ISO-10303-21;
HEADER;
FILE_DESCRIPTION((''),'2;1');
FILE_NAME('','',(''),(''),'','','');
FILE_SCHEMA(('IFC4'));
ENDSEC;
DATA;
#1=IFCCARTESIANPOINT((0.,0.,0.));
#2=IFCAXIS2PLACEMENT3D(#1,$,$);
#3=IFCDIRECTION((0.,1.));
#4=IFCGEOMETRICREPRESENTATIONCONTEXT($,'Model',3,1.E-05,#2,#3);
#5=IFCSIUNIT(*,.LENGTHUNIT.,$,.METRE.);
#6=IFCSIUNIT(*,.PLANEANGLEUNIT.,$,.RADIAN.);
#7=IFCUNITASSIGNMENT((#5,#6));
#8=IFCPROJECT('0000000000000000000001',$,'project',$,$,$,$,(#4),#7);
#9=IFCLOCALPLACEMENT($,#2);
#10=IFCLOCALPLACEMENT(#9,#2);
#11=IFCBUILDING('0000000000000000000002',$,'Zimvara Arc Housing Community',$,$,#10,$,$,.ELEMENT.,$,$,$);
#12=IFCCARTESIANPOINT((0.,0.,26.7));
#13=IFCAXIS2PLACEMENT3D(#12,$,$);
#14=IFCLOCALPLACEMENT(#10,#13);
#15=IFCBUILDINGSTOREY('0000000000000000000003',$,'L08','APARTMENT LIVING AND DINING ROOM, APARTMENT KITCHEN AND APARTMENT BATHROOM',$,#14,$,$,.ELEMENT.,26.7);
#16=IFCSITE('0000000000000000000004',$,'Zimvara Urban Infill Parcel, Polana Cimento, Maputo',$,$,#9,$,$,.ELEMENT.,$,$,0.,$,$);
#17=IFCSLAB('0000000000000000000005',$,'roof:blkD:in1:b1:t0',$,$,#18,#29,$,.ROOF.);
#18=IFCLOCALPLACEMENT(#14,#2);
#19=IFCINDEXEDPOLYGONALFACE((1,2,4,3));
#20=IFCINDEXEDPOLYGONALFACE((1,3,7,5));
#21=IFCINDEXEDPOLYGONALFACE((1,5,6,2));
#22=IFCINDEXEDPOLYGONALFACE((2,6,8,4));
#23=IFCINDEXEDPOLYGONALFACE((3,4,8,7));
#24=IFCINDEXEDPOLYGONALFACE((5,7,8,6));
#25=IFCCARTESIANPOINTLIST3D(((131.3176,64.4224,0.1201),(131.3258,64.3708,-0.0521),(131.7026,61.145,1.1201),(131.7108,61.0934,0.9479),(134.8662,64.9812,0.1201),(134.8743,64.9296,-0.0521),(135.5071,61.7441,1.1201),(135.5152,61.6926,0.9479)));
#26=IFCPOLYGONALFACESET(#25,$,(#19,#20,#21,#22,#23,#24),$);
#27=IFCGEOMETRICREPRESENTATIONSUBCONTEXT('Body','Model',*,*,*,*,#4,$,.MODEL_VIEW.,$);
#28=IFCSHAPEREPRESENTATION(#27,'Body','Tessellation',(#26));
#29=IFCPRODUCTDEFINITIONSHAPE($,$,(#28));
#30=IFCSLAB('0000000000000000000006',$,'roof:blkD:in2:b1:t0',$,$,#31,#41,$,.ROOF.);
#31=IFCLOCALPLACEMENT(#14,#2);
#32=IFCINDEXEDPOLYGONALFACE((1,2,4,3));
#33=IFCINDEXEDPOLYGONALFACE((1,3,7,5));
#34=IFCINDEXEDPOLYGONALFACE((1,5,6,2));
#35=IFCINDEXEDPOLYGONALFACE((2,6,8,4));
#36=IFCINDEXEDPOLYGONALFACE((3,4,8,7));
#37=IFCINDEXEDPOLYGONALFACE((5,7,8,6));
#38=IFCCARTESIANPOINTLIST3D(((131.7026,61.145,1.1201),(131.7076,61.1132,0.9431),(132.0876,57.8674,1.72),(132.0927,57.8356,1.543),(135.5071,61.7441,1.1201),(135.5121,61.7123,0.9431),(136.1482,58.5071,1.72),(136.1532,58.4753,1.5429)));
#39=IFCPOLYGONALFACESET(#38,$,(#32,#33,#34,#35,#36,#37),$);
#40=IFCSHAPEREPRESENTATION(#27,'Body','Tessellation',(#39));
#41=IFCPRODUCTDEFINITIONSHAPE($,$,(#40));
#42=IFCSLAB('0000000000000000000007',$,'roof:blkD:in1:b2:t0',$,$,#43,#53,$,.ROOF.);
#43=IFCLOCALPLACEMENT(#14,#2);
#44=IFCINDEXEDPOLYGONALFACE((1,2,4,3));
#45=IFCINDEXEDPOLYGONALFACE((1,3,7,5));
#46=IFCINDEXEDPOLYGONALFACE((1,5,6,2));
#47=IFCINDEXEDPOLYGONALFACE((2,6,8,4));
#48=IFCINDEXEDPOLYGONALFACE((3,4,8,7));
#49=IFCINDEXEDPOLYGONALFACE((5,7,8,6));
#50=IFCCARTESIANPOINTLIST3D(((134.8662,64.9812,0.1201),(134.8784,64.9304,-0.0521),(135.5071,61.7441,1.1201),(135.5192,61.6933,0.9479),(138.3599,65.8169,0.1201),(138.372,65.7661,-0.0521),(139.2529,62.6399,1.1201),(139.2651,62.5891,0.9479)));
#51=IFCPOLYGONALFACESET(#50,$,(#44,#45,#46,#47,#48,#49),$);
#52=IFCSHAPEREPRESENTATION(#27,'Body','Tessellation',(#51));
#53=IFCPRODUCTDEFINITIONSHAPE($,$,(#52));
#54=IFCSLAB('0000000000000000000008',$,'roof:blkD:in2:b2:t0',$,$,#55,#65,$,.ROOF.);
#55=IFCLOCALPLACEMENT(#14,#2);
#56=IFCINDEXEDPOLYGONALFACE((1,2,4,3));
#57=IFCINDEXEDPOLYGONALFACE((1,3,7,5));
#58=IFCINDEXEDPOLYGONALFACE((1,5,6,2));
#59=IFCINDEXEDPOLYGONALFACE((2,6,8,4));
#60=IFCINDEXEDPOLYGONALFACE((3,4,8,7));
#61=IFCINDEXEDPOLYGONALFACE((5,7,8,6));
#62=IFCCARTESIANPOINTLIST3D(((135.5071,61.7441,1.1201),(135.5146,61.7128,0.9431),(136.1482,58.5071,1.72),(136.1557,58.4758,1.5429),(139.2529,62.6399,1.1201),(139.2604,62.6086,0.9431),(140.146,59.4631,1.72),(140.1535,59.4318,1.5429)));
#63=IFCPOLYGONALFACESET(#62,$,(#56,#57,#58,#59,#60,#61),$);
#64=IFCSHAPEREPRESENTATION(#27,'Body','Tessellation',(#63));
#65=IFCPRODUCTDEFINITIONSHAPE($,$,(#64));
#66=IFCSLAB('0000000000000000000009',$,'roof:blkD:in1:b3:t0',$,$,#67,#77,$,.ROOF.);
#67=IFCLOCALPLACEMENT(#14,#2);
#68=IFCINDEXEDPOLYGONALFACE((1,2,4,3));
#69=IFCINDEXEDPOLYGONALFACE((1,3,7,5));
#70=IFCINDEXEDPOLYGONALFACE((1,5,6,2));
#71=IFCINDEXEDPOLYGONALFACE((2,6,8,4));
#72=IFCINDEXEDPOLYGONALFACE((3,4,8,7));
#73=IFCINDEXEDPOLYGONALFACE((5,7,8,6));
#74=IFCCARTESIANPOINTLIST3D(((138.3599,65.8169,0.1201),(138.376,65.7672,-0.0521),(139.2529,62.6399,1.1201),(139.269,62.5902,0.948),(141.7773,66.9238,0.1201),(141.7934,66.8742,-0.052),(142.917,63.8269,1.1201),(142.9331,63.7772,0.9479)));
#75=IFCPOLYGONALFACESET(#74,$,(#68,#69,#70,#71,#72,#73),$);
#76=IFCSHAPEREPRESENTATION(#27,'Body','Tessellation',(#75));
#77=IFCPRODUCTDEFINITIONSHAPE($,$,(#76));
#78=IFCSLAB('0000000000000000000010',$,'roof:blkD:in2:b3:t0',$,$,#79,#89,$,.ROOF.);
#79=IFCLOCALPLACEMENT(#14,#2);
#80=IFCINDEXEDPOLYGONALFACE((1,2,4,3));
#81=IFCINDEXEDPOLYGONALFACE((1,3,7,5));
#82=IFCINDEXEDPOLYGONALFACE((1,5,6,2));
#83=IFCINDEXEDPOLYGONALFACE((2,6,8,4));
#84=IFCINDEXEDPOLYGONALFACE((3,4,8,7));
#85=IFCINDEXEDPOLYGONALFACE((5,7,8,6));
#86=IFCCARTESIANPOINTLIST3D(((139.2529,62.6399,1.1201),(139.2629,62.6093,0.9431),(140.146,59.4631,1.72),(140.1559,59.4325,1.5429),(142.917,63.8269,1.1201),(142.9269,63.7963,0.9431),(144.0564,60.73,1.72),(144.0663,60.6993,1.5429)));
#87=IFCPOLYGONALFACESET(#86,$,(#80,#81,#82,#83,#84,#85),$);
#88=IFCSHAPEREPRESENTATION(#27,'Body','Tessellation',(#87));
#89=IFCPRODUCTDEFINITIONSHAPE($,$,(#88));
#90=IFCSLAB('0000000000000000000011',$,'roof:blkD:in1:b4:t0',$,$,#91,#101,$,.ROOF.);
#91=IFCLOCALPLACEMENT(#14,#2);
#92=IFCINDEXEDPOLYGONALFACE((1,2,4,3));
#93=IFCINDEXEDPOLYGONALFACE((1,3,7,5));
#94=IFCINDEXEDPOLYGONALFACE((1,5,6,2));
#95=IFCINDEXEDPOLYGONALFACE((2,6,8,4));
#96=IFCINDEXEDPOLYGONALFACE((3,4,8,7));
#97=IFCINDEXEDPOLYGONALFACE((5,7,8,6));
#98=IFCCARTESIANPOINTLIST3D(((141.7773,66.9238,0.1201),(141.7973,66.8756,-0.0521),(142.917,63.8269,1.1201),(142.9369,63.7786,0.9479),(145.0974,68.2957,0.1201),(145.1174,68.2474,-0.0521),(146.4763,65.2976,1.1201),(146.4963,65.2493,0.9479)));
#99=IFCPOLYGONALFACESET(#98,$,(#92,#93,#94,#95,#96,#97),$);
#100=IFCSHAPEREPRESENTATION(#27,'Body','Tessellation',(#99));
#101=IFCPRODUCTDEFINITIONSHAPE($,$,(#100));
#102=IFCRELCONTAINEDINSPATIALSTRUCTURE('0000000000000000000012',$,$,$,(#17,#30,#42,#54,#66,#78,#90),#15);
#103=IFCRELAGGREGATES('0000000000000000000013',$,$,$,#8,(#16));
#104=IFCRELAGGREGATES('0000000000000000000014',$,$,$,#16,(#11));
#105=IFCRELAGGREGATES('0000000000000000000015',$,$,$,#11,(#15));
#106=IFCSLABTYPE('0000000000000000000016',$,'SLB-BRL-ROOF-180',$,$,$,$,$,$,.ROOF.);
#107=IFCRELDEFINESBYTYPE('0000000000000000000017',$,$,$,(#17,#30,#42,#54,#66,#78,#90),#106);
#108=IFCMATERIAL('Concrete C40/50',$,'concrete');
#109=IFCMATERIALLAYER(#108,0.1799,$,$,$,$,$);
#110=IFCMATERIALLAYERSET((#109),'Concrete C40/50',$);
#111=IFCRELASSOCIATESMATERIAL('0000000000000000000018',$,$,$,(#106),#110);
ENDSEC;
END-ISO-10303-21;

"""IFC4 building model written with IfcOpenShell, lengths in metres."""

from ifc_helpers import new_model, si_unit, direction, frame, origin, place, context, subcontext, project, spatial, polyline, outline, extrude, material, layer, layer_set, type_object, element, save


model = new_model("IFC4")

# Units and contexts
model_context = context("Model", 3, precision=1e-05, world=origin(), true_north=direction((0.0, 1.0)))
body_context = subcontext(model_context, "Body", "Model", "MODEL_VIEW")
ifc_project = project(units=[si_unit("LENGTHUNIT", "METRE"), si_unit("PLANEANGLEUNIT", "RADIAN")], contexts=[model_context])

# Site, building, storey
site_placement = place(None, origin())
site = spatial("IfcSite", under=ifc_project, at=site_placement, Name="Zimvara Urban Infill Parcel, Polana Cimento, Maputo", CompositionType="ELEMENT", RefElevation=0.0)
building_placement = place(site_placement, origin())
building = spatial("IfcBuilding", under=site, at=building_placement, Name="Zimvara Arc Housing Community", CompositionType="ELEMENT")
storey_placement = place(building_placement, frame((0.0, 0.0, 26.7)))
storey = spatial("IfcBuildingStorey", under=building, at=storey_placement, Name="L08", Description="APARTMENT LIVING AND DINING ROOM, APARTMENT KITCHEN AND APARTMENT BATHROOM", CompositionType="ELEMENT", Elevation=26.7)

# Slabs
ifc_material_1 = material(Name="Concrete C40/50", Category="concrete")
ifc_layer_1 = layer(ifc_material_1, 0.1799)
ifc_layer_set_1 = layer_set([ifc_layer_1], Name="Concrete C40/50")
slab_type = type_object("IfcSlabType", Name="SLB-BRL-ROOF-180", PredefinedType="ROOF", material=ifc_layer_set_1)
slab_1_placement = place(storey_placement, frame((131.3176, 64.4224, 0.1201), z_axis=(-0.045148, 0.286688, 0.95696), x_axis=(0.987826, 0.155565, 0.0)))
element("IfcSlab", 1, at=slab_1_placement, inside=storey, type_object=slab_type, Name="roof:blkD:in1:b1:t0", PredefinedType="ROOF", context=body_context, shape_type="SweptSolid", body=[
    extrude(outline(polyline([(0.0, 0.0), (3.5923, 0.0), (3.7218, -3.4457), (-0.1295, -3.4456), (0.0, 0.0)])), origin(), (0.0, 0.0, -1.0), 0.1799),
])
slab_2_placement = place(storey_placement, frame((131.7026, 61.145, 1.1201), z_axis=(-0.027846, 0.176796, 0.983854), x_axis=(0.987826, 0.155563, 0.000004)))
element("IfcSlab", 2, at=slab_2_placement, inside=storey, type_object=slab_type, Name="roof:blkD:in2:b1:t0", PredefinedType="ROOF", context=body_context, shape_type="SweptSolid", body=[
    extrude(outline(polyline([(0.0, 0.0), (3.8513, 0.0), (3.9811, -3.3515), (-0.1295, -3.3517), (0.0, 0.0)])), origin(), (0.0, 0.0, -1.0), 0.1799),
])
slab_3_placement = place(storey_placement, frame((134.8662, 64.9812, 0.1201), z_axis=(-0.067505, 0.282251, 0.956963), x_axis=(0.972564, 0.232637, -0.00001)))
element("IfcSlab", 3, at=slab_3_placement, inside=storey, type_object=slab_type, Name="roof:blkD:in1:b2:t0", PredefinedType="ROOF", context=body_context, shape_type="SweptSolid", body=[
    extrude(outline(polyline([(0.0, 0.0), (3.5922, 0.0), (3.7217, -3.4459), (-0.1298, -3.4456), (0.0, 0.0)])), origin(), (0.0, 0.0, -1.0), 0.1799),
])
slab_4_placement = place(storey_placement, frame((135.5071, 61.7441, 1.1201), z_axis=(-0.041628, 0.174073, 0.983853), x_axis=(0.972579, 0.232575, 0.000001)))
element("IfcSlab", 4, at=slab_4_placement, inside=storey, type_object=slab_type, Name="roof:blkD:in2:b2:t0", PredefinedType="ROOF", context=body_context, shape_type="SweptSolid", body=[
    extrude(outline(polyline([(0.0, 0.0), (3.8515, 0.0), (3.9812, -3.3515), (-0.1293, -3.3515), (0.0, 0.0)])), origin(), (0.0, 0.0, -1.0), 0.1799),
])
slab_5_placement = place(storey_placement, frame((138.3599, 65.8169, 0.1201), z_axis=(-0.089433, 0.276085, 0.956963), x_axis=(0.95134, 0.308145, 0.000007)))
element("IfcSlab", 5, at=slab_5_placement, inside=storey, type_object=slab_type, Name="roof:blkD:in1:b3:t0", PredefinedType="ROOF", context=body_context, shape_type="SweptSolid", body=[
    extrude(outline(polyline([(0.0, 0.0), (3.5923, 0.0), (3.7222, -3.4457), (-0.1294, -3.4459), (0.0, 0.0)])), origin(), (0.0, 0.0, -1.0), 0.1799),
])
slab_6_placement = place(storey_placement, frame((139.2529, 62.6399, 1.1201), z_axis=(-0.055161, 0.17027, 0.983852), x_axis=(0.951324, 0.308192, 0.000001)))
element("IfcSlab", 6, at=slab_6_placement, inside=storey, type_object=slab_type, Name="roof:blkD:in2:b3:t0", PredefinedType="ROOF", context=body_context, shape_type="SweptSolid", body=[
    extrude(outline(polyline([(0.0, 0.0), (3.8515, 0.0), (3.981, -3.3515), (-0.1295, -3.3515), (0.0, 0.0)])), origin(), (0.0, 0.0, -1.0), 0.1799),
])
slab_7_placement = place(storey_placement, frame((141.7773, 66.9238, 0.1201), z_axis=(-0.110827, 0.268221, 0.956961), x_axis=(0.924213, 0.381878, 0.000001)))
element("IfcSlab", 7, at=slab_7_placement, inside=storey, type_object=slab_type, Name="roof:blkD:in1:b4:t0", PredefinedType="ROOF", context=body_context, shape_type="SweptSolid", body=[
    extrude(outline(polyline([(0.0, 0.0), (3.5923, 0.0), (3.7218, -3.4457), (-0.1294, -3.4457), (0.0, 0.0)])), origin(), (0.0, 0.0, -1.0), 0.1799),
])

save(model, "model.ifc")
